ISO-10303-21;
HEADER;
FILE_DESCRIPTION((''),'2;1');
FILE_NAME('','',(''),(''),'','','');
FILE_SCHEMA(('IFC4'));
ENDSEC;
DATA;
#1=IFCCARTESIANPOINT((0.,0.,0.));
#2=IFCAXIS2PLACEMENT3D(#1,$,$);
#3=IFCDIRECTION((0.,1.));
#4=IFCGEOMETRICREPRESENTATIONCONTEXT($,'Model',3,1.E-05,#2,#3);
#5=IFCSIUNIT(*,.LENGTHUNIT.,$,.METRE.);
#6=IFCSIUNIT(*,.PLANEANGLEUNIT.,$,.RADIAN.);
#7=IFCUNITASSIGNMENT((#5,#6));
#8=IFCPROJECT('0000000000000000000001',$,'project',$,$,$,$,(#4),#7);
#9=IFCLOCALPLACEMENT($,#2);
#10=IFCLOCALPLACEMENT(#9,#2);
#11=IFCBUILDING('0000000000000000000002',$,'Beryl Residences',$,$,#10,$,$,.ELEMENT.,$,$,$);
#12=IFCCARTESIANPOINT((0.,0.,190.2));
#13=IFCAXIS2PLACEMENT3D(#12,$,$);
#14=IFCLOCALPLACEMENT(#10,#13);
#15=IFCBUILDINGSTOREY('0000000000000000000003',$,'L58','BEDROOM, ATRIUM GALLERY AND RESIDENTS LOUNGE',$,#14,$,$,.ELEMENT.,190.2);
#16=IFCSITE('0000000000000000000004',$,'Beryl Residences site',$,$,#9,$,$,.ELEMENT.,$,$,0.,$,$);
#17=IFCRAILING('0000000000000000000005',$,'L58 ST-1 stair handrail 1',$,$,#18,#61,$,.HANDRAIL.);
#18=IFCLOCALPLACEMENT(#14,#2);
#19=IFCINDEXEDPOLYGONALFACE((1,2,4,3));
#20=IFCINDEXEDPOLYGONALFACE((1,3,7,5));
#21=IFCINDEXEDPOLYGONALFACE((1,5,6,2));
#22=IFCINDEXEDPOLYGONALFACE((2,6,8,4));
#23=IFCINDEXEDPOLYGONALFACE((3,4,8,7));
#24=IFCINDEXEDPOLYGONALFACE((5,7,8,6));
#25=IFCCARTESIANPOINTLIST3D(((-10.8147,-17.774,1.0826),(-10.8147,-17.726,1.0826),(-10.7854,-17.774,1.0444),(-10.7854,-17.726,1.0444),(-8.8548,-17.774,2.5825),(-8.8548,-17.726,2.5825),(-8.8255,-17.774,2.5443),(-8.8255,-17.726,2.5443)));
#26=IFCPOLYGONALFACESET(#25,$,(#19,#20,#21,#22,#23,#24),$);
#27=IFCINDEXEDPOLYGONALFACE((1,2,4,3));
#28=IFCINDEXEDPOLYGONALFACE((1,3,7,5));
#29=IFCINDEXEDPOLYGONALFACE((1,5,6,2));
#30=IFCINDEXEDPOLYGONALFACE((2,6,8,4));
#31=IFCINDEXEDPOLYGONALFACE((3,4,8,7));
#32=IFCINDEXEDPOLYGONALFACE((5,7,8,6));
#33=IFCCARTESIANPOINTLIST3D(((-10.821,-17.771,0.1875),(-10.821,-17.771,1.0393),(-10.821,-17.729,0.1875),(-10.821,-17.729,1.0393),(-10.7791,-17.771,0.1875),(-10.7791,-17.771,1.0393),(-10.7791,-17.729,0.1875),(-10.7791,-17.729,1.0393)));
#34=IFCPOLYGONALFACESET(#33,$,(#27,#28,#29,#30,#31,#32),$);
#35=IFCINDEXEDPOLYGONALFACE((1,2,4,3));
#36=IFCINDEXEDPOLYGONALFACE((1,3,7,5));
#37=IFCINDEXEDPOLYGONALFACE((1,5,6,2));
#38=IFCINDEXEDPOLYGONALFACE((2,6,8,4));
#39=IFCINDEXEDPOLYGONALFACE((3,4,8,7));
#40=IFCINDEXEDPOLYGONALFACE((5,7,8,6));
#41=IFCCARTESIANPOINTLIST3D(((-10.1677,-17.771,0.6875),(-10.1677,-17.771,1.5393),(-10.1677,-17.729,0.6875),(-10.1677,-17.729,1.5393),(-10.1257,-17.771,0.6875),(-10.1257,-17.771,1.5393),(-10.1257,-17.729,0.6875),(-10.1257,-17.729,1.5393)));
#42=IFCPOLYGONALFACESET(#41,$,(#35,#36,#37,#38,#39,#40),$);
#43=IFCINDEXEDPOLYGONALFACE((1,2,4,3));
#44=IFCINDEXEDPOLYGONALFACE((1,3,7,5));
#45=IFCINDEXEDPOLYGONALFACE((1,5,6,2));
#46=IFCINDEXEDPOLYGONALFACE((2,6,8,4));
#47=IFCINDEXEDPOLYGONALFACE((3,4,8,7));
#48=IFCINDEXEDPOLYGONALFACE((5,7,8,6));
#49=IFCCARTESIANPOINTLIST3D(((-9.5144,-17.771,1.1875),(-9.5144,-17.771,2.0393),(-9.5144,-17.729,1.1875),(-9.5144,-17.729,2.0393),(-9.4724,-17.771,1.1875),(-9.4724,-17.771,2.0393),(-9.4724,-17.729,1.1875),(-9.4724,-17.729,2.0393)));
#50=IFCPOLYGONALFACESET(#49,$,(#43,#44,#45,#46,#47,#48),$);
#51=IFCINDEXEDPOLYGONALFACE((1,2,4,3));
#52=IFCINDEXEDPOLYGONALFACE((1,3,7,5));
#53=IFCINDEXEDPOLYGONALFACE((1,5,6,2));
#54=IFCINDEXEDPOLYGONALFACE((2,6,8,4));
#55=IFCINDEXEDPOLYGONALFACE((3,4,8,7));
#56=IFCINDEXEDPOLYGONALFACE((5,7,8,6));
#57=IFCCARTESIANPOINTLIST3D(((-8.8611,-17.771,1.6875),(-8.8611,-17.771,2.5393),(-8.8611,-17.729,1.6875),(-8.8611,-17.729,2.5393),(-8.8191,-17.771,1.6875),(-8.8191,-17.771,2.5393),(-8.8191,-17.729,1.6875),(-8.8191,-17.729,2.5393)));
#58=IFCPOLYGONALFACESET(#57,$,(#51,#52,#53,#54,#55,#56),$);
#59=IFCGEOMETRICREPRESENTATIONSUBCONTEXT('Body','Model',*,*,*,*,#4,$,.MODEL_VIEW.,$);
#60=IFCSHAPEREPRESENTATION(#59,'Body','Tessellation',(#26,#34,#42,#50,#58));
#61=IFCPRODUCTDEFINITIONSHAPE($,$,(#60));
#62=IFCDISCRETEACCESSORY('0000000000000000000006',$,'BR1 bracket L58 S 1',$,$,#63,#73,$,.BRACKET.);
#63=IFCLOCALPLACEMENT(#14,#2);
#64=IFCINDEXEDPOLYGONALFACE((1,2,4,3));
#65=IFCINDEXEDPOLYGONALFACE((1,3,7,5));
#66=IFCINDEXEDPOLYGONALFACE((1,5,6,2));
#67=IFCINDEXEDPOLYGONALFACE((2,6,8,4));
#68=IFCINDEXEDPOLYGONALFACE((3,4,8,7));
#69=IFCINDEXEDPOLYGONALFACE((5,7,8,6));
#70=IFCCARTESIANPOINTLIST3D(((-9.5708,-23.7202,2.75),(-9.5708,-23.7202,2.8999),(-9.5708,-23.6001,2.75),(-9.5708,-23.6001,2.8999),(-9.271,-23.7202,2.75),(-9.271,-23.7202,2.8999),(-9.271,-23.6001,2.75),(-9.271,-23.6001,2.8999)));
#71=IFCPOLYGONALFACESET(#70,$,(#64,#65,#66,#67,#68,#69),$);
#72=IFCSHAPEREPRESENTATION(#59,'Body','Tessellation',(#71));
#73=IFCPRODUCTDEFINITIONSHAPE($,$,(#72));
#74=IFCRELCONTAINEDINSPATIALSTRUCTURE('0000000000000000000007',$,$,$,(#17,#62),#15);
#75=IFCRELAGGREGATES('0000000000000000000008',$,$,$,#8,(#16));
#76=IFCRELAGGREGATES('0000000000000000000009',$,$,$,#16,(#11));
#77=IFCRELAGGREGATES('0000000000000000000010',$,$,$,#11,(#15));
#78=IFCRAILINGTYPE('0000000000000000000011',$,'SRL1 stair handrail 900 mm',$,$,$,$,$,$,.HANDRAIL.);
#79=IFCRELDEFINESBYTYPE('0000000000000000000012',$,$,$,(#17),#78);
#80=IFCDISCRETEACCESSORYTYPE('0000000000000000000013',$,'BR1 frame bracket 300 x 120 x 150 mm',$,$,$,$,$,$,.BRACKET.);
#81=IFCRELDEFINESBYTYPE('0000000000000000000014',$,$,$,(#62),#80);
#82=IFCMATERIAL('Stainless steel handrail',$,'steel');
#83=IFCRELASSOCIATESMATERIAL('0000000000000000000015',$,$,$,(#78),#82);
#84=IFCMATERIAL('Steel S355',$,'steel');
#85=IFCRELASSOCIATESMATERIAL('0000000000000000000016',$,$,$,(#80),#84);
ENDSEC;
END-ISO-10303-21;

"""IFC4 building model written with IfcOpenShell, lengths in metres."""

from ifc_helpers import new_model, si_unit, direction, frame, origin, origin_2d, place, context, subcontext, project, spatial, polyline, rectangle, outline, extrude, source, transform, mapped, material, type_object, type_shapes, element, save


model = new_model("IFC4")

# Units and contexts
model_context = context("Model", 3, precision=1e-05, world=origin(), true_north=direction((0.0, 1.0)))
body_context = subcontext(model_context, "Body", "Model", "MODEL_VIEW")
ifc_project = project(units=[si_unit("LENGTHUNIT", "METRE"), si_unit("PLANEANGLEUNIT", "RADIAN")], contexts=[model_context])

# Site, building, storey
site_placement = place(None, origin())
site = spatial("IfcSite", under=ifc_project, at=site_placement, Name="Beryl Residences site", CompositionType="ELEMENT", RefElevation=0.0)
building_placement = place(site_placement, origin())
building = spatial("IfcBuilding", under=site, at=building_placement, Name="Beryl Residences", CompositionType="ELEMENT")
storey_placement = place(building_placement, frame((0.0, 0.0, 190.2)))
storey = spatial("IfcBuildingStorey", under=building, at=storey_placement, Name="L58", Description="BEDROOM, ATRIUM GALLERY AND RESIDENTS LOUNGE", CompositionType="ELEMENT", Elevation=190.2)

# Railing
ifc_material_1 = material(Name="Stainless steel handrail", Category="steel")
railing_type_1 = type_object("IfcRailingType", Name="SRL1 stair handrail 900 mm", PredefinedType="HANDRAIL", material=ifc_material_1)
railing_1_placement = place(storey_placement, frame((-10.8, -17.75, 0.1875)))
element("IfcRailing", 1, at=railing_1_placement, inside=storey, type_object=railing_type_1, Name="L58 ST-1 stair handrail 1", PredefinedType="HANDRAIL", context=body_context, shape_type="SweptSolid", body=[
    extrude(rectangle(XDim=0.0481, YDim=0.0481, at=origin_2d()), frame((0.0, 0.0, 0.876), z_axis=(0.794122, 0.0, 0.607758), x_axis=(0.0, 1.0, 0.0)), (0.0, 0.0, 1.0), 2.468),
    extrude(rectangle(XDim=0.042, YDim=0.042, at=origin_2d()), origin(), (0.0, 0.0, 1.0), 0.8518),
    extrude(rectangle(XDim=0.042, YDim=0.042, at=origin_2d()), frame((0.6533, 0.0, 0.5)), (0.0, 0.0, 1.0), 0.8518),
    extrude(rectangle(XDim=0.042, YDim=0.042, at=origin_2d()), frame((1.3066, 0.0, 1.0)), (0.0, 0.0, 1.0), 0.8518),
    extrude(rectangle(XDim=0.042, YDim=0.042, at=origin_2d()), frame((1.96, 0.0, 1.5)), (0.0, 0.0, 1.0), 0.8518),
])

# Discrete accessory
ifc_material_2 = material(Name="Steel S355", Category="steel")
discrete_accessory_type = type_object("IfcDiscreteAccessoryType", Name="BR1 frame bracket 300 x 120 x 150 mm", PredefinedType="BRACKET", material=ifc_material_2)
shared_shape_1 = source(origin(), body_context, "Body", "SweptSolid", [
    extrude(outline(polyline([(-0.1499, 0.0), (0.1499, 0.0), (0.1499, 0.1201), (-0.1499, 0.1201), (-0.1499, 0.0)])), origin(), (0.0, 0.0, 1.0), 0.1499),
])
type_shapes(discrete_accessory_type, [shared_shape_1])
discrete_accessory_placement = place(storey_placement, frame((-9.4209, -23.6001, 2.75), z_axis=(0.0, 0.0, 1.0), x_axis=(-1.0, 0.0, 0.0)))
element("IfcDiscreteAccessory", 2, at=discrete_accessory_placement, inside=storey, type_object=discrete_accessory_type, Name="BR1 bracket L58 S 1", PredefinedType="BRACKET", context=body_context, shape_type="MappedRepresentation", body=[
    mapped(shared_shape_1, transform((0.0, 0.0, 0.0))),
])

save(model, "model.ifc")
